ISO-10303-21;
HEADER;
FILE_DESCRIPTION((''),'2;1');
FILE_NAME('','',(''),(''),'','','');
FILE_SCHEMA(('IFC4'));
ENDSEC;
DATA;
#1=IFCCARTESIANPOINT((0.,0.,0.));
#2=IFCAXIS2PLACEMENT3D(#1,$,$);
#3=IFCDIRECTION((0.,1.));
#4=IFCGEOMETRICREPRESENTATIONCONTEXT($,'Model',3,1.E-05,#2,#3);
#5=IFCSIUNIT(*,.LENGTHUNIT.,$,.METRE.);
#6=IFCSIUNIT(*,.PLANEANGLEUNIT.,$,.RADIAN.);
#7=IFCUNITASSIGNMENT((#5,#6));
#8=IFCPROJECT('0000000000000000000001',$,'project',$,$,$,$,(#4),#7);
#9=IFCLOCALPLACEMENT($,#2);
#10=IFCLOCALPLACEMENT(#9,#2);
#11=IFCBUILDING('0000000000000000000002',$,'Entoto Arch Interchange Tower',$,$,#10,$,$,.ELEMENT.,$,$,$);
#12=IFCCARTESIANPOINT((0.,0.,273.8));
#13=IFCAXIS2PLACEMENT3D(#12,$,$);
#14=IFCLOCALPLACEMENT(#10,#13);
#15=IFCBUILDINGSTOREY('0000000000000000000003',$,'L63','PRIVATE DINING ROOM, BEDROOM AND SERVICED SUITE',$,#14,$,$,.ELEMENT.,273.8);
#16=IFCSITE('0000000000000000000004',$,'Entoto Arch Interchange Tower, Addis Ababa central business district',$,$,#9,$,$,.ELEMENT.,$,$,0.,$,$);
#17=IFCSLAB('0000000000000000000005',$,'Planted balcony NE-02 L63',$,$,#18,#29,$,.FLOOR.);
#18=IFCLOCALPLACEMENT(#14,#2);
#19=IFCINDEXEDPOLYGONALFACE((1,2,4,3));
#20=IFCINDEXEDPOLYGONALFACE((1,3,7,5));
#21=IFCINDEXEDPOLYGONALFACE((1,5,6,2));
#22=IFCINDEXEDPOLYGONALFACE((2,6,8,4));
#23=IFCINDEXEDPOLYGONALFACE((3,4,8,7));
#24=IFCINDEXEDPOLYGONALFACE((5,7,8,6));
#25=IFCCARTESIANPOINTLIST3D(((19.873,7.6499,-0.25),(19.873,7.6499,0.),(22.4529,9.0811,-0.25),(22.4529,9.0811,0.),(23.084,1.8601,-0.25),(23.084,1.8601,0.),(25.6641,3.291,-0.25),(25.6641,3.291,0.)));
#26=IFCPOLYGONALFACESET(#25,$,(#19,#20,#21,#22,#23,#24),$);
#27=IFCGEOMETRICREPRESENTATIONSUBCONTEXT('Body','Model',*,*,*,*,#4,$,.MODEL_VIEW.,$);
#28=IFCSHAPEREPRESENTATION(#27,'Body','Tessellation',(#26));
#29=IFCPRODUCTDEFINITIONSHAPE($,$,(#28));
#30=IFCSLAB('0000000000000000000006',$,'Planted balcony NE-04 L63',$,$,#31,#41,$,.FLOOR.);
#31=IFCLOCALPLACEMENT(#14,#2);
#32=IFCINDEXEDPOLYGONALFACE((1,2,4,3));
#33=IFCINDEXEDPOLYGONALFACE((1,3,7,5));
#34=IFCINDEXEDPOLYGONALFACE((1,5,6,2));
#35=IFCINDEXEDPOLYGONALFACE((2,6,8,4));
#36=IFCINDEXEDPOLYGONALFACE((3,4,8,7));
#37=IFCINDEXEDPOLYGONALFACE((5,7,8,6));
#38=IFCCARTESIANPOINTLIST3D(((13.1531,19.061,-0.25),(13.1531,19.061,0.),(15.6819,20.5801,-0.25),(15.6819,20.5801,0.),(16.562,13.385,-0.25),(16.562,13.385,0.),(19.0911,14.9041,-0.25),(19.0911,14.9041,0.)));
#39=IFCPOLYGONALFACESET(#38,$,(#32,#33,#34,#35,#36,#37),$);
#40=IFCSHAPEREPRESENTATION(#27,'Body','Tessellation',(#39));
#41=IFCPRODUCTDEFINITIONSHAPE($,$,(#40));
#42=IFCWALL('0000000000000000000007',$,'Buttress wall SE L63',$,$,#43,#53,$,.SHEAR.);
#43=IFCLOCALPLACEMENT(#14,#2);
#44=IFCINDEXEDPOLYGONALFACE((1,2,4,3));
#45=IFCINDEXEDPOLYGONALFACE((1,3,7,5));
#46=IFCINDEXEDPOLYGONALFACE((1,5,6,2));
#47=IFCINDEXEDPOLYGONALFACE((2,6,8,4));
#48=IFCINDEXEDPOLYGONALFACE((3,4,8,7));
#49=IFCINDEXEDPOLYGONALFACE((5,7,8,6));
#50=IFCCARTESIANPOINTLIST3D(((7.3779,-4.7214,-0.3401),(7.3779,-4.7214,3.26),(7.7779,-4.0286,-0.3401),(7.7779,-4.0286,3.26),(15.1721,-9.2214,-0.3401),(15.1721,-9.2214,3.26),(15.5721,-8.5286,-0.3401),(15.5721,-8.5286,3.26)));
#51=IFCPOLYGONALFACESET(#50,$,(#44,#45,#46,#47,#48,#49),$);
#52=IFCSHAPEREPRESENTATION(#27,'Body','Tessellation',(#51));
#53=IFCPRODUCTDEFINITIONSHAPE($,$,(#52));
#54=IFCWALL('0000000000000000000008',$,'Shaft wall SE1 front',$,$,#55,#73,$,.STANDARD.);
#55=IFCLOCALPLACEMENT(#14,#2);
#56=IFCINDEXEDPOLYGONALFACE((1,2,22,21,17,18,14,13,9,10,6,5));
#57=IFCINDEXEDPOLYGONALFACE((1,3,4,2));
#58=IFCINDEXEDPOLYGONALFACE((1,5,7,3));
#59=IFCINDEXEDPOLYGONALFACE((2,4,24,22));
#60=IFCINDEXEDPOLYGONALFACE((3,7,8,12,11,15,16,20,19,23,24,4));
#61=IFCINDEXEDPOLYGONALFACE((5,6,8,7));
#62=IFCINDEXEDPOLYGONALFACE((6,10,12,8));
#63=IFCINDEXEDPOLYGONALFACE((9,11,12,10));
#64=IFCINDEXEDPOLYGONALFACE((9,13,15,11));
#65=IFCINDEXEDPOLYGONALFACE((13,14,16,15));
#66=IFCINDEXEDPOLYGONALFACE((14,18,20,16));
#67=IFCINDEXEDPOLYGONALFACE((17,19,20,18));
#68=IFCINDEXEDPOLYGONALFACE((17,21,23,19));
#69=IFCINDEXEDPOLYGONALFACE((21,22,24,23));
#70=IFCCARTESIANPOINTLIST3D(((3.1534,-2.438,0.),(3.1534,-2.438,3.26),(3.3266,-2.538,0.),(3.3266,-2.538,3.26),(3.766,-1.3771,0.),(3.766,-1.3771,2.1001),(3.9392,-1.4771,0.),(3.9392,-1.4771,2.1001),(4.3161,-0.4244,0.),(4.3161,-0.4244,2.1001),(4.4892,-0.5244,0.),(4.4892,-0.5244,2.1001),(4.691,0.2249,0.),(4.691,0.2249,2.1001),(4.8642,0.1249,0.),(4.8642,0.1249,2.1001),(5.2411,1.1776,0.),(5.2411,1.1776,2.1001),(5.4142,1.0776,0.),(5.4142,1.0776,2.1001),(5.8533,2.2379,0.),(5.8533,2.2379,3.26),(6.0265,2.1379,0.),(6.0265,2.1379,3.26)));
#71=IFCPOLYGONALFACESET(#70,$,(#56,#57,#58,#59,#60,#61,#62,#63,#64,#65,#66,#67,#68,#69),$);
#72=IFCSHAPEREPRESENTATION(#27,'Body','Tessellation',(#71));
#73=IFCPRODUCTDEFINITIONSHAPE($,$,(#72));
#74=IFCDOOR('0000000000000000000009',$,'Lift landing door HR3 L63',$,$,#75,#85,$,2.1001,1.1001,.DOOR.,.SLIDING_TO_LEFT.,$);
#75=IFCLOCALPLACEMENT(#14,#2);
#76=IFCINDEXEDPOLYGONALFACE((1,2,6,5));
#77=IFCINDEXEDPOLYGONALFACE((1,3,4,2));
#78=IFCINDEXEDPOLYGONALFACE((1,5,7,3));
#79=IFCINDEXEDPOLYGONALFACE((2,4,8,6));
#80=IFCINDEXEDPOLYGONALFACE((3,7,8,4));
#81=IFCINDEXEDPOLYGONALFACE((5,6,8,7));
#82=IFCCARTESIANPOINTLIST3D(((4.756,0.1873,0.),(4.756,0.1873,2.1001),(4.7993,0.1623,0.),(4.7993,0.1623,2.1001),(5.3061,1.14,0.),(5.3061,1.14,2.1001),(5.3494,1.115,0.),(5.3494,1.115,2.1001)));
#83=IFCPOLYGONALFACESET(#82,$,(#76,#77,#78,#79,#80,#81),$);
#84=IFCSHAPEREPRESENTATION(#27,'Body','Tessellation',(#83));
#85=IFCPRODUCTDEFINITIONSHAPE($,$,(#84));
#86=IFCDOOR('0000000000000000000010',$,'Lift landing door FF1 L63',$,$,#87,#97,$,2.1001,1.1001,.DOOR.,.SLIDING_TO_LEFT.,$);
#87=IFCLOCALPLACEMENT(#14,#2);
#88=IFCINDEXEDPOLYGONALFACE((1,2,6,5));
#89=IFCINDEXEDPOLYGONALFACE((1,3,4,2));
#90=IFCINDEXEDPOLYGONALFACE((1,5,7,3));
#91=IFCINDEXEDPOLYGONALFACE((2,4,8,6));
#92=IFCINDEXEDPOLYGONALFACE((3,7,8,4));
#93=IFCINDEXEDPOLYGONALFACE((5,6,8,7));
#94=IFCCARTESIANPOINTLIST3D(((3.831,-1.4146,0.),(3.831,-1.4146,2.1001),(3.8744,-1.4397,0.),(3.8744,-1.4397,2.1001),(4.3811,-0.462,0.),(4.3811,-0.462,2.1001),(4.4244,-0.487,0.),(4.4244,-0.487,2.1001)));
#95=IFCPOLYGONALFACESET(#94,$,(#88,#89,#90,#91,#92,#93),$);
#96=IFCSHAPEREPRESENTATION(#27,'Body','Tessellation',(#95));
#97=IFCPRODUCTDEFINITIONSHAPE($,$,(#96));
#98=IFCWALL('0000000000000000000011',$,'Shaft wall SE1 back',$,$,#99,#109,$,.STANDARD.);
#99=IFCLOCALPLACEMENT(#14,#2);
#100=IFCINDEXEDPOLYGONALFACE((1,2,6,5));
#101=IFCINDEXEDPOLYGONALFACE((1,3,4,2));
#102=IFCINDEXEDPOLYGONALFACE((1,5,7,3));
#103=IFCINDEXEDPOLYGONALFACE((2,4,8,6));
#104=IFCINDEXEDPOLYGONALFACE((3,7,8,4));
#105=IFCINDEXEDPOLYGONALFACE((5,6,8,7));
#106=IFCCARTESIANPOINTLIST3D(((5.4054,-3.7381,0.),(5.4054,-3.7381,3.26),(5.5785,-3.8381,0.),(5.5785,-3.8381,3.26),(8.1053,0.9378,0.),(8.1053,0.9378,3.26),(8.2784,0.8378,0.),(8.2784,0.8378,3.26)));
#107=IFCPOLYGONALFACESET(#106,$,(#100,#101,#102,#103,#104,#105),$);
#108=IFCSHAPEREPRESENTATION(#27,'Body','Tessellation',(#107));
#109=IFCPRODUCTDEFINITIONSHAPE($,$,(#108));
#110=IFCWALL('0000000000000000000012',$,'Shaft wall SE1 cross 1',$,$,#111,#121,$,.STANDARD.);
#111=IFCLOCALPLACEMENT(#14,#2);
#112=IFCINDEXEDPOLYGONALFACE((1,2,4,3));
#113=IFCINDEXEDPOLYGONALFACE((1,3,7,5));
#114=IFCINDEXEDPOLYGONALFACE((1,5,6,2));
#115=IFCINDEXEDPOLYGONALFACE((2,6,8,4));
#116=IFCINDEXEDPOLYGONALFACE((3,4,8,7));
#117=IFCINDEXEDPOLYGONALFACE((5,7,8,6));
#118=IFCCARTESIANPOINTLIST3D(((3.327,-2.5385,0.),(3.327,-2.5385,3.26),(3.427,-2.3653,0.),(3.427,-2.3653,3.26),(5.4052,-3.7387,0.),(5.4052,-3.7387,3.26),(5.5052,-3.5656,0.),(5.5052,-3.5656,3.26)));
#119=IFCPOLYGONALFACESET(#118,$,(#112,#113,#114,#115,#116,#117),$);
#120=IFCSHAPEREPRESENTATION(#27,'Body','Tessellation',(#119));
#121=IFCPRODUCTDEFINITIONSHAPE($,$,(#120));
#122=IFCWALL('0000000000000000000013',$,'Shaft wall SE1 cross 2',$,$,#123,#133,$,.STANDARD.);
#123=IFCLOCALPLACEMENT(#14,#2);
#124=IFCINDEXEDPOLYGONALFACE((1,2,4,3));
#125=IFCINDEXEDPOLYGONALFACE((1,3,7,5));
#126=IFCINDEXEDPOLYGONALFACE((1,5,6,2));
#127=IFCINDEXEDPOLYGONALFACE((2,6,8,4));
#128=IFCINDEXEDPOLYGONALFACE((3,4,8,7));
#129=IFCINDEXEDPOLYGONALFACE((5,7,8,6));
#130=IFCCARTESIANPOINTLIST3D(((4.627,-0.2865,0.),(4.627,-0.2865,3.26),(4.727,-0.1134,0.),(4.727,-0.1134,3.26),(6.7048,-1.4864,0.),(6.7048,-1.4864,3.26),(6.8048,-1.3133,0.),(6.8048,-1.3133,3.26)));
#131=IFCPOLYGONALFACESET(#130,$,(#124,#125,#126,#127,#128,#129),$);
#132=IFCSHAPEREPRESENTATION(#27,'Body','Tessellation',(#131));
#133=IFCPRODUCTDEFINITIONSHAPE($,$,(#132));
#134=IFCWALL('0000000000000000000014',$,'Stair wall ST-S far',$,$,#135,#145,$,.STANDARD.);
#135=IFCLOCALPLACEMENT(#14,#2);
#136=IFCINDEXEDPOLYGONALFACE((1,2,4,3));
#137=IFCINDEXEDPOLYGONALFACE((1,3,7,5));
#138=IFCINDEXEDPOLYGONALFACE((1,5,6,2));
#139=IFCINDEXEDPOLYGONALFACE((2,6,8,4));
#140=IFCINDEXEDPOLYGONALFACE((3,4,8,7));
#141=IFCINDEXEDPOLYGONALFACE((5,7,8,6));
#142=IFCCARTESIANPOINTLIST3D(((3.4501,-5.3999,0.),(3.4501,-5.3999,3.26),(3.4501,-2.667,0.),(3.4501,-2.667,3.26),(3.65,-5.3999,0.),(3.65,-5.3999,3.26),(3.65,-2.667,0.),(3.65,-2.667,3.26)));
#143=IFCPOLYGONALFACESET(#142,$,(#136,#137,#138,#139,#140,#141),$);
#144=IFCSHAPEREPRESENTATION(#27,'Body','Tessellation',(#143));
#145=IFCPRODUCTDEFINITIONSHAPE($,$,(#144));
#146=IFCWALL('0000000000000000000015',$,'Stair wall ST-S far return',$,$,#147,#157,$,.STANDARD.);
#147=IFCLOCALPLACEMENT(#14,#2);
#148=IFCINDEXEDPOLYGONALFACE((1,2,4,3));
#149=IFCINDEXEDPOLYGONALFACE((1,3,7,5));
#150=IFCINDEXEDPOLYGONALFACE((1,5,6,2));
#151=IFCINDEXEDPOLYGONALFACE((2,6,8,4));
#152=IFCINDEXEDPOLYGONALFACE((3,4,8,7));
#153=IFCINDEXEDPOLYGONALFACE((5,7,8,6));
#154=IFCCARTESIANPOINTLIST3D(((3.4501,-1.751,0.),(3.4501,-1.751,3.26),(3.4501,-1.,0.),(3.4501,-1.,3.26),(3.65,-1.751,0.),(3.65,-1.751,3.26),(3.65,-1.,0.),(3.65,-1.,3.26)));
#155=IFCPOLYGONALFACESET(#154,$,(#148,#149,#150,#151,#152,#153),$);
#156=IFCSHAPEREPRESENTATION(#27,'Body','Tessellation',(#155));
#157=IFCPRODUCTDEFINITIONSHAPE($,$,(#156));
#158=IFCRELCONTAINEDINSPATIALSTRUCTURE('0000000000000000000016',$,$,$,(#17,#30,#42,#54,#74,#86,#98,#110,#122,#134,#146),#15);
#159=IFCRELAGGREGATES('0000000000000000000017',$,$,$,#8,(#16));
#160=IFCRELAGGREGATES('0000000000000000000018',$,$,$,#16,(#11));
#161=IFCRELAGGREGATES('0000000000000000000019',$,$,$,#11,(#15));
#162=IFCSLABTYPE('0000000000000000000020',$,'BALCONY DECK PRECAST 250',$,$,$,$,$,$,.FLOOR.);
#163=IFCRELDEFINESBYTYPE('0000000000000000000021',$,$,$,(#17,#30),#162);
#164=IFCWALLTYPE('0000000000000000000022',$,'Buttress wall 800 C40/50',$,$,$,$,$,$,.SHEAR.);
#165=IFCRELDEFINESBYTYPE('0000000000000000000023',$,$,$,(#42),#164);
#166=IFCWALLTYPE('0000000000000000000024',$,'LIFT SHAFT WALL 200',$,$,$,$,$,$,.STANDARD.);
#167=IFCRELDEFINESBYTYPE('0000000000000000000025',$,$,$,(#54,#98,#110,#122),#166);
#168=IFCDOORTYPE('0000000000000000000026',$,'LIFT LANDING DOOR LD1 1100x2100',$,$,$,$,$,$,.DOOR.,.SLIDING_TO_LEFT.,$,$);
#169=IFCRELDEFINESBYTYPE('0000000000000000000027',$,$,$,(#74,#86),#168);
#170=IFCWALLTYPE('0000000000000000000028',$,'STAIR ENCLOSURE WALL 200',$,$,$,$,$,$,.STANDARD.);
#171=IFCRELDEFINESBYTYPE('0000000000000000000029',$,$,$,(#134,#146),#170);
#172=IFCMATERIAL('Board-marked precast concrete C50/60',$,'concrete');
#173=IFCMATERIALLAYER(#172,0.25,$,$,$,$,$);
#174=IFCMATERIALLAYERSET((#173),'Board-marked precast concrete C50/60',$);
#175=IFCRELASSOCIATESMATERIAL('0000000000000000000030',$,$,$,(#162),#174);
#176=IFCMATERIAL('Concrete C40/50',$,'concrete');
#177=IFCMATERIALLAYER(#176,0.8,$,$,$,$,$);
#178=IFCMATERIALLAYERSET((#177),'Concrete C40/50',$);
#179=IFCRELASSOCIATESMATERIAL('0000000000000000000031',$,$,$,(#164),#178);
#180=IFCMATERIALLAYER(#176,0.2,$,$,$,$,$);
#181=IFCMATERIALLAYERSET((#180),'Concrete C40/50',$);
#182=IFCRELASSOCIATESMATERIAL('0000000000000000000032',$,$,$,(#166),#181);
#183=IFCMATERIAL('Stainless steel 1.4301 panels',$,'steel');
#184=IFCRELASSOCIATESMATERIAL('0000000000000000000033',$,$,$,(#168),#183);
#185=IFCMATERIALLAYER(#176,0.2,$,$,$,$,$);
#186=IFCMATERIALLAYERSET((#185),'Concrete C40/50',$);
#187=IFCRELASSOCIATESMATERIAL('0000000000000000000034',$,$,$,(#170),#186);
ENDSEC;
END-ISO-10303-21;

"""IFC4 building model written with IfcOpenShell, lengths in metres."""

from ifc_helpers import new_model, si_unit, direction, frame, frame_2d, origin, place, context, subcontext, project, spatial, polyline, rectangle, outline, extrude, material, layer, layer_set, type_object, element, fill, save


model = new_model("IFC4")

# Units and contexts
model_context = context("Model", 3, precision=1e-05, world=origin(), true_north=direction((0.0, 1.0)))
body_context = subcontext(model_context, "Body", "Model", "MODEL_VIEW")
ifc_project = project(units=[si_unit("LENGTHUNIT", "METRE"), si_unit("PLANEANGLEUNIT", "RADIAN")], contexts=[model_context])

# Site, building, storey
site_placement = place(None, origin())
site = spatial("IfcSite", under=ifc_project, at=site_placement, Name="Entoto Arch Interchange Tower, Addis Ababa central business district", CompositionType="ELEMENT", RefElevation=0.0)
building_placement = place(site_placement, origin())
building = spatial("IfcBuilding", under=site, at=building_placement, Name="Entoto Arch Interchange Tower", CompositionType="ELEMENT")
storey_placement = place(building_placement, frame((0.0, 0.0, 273.8)))
storey = spatial("IfcBuildingStorey", under=building, at=storey_placement, Name="L63", Description="PRIVATE DINING ROOM, BEDROOM AND SERVICED SUITE", CompositionType="ELEMENT", Elevation=273.8)

# Slabs
ifc_material_1 = material(Name="Board-marked precast concrete C50/60", Category="concrete")
ifc_layer_1 = layer(ifc_material_1, 0.25)
ifc_layer_set_1 = layer_set([ifc_layer_1], Name="Board-marked precast concrete C50/60")
slab_type = type_object("IfcSlabType", Name="BALCONY DECK PRECAST 250", PredefinedType="FLOOR", material=ifc_layer_set_1)
slab_1_placement = place(storey_placement, frame((0.0, 0.0, -0.25)))
element("IfcSlab", 1, at=slab_1_placement, inside=storey, type_object=slab_type, Name="Planted balcony NE-02 L63", PredefinedType="FLOOR", context=body_context, shape_type="SweptSolid", body=[
    extrude(outline(polyline([(23.084, 1.8601), (19.873, 7.6499), (22.4529, 9.0811), (25.6641, 3.291), (23.084, 1.8601)])), origin(), (0.0, 0.0, 1.0), 0.25),
])
slab_2_placement = place(storey_placement, frame((0.0, 0.0, -0.25)))
element("IfcSlab", 2, at=slab_2_placement, inside=storey, type_object=slab_type, Name="Planted balcony NE-04 L63", PredefinedType="FLOOR", context=body_context, shape_type="SweptSolid", body=[
    extrude(outline(polyline([(16.562, 13.385), (13.1531, 19.061), (15.6819, 20.5801), (19.0911, 14.9041), (16.562, 13.385)])), origin(), (0.0, 0.0, 1.0), 0.25),
])

# Wall
ifc_material_2 = material(Name="Concrete C40/50", Category="concrete")
ifc_layer_2 = layer(ifc_material_2, 0.8)
ifc_layer_set_2 = layer_set([ifc_layer_2], Name="Concrete C40/50")
wall_type_1 = type_object("IfcWallType", Name="Buttress wall 800 C40/50", PredefinedType="SHEAR", material=ifc_layer_set_2)
wall_1_placement = place(storey_placement, frame((7.5779, -4.375, -0.3401), z_axis=(0.0, 0.0, 1.0), x_axis=(0.866024, -0.500002, 0.0)))
element("IfcWall", 3, at=wall_1_placement, inside=storey, type_object=wall_type_1, Name="Buttress wall SE L63", PredefinedType="SHEAR", context=body_context, shape_type="SweptSolid", body=[
    extrude(rectangle(XDim=9.0, YDim=0.8, at=frame_2d((4.5, 0.0))), origin(), (0.0, 0.0, 1.0), 3.6001),
])

# Wall, openings, doors
ifc_layer_3 = layer(ifc_material_2, 0.2)
ifc_layer_set_3 = layer_set([ifc_layer_3], Name="Concrete C40/50")
wall_type_2 = type_object("IfcWallType", Name="LIFT SHAFT WALL 200", PredefinedType="STANDARD", material=ifc_layer_set_3)
wall_2_placement = place(storey_placement, frame((3.24, -2.488, 0.0), z_axis=(0.0, 0.0, 1.0), x_axis=(0.500034, 0.866006, 0.0)))
wall_2 = element("IfcWall", 4, at=wall_2_placement, inside=storey, type_object=wall_type_2, Name="Shaft wall SE1 front", PredefinedType="STANDARD", context=body_context, shape_type="SweptSolid", body=[
    extrude(rectangle(XDim=5.3994, YDim=0.2, at=frame_2d((2.6997, 0.0))), origin(), (0.0, 0.0, 1.0), 3.26),
])
opening_1_placement = place(wall_2_placement, frame((3.075, 0.0, 0.0)))
opening_1 = element("IfcOpeningElement", 5, at=opening_1_placement, cuts=wall_2, PredefinedType="OPENING", context=body_context, shape_type="SweptSolid", body=[
    extrude(rectangle(XDim=1.1001, YDim=2.1001, at=frame_2d((0.55, 1.05))), frame((0.0, 0.1099, 0.0), z_axis=(0.0, -1.0, 0.0), x_axis=(1.0, 0.0, 0.0)), (0.0, 0.0, 1.0), 0.22),
])
opening_2_placement = place(wall_2_placement, frame((1.2251, 0.0, 0.0)))
opening_2 = element("IfcOpeningElement", 6, at=opening_2_placement, cuts=wall_2, PredefinedType="OPENING", context=body_context, shape_type="SweptSolid", body=[
    extrude(rectangle(XDim=1.1001, YDim=2.1001, at=frame_2d((0.55, 1.05))), frame((0.0, 0.1099, 0.0), z_axis=(0.0, -1.0, 0.0), x_axis=(1.0, 0.0, 0.0)), (0.0, 0.0, 1.0), 0.22),
])
ifc_material_3 = material(Name="Stainless steel 1.4301 panels", Category="steel")
door_type = type_object("IfcDoorType", Name="LIFT LANDING DOOR LD1 1100x2100", OperationType="SLIDING_TO_LEFT", PredefinedType="DOOR", material=ifc_material_3)
door_1_placement = place(opening_1_placement, origin())
door_1 = element("IfcDoor", 7, at=door_1_placement, inside=storey, type_object=door_type, Name="Lift landing door HR3 L63", OperationType="SLIDING_TO_LEFT", OverallHeight=2.1001, OverallWidth=1.1001, PredefinedType="DOOR", context=body_context, shape_type="SweptSolid", body=[
    extrude(rectangle(XDim=1.1001, YDim=2.1001, at=frame_2d((0.55, 1.05))), frame((0.0, 0.0249, 0.0), z_axis=(0.0, -1.0, 0.0), x_axis=(1.0, 0.0, 0.0)), (0.0, 0.0, 1.0), 0.05),
])
fill(opening_1, door_1)
door_2_placement = place(opening_2_placement, origin())
door_2 = element("IfcDoor", 8, at=door_2_placement, inside=storey, type_object=door_type, Name="Lift landing door FF1 L63", OperationType="SLIDING_TO_LEFT", OverallHeight=2.1001, OverallWidth=1.1001, PredefinedType="DOOR", context=body_context, shape_type="SweptSolid", body=[
    extrude(rectangle(XDim=1.1001, YDim=2.1001, at=frame_2d((0.55, 1.05))), frame((0.0, 0.0249, 0.0), z_axis=(0.0, -1.0, 0.0), x_axis=(1.0, 0.0, 0.0)), (0.0, 0.0, 1.0), 0.05),
])
fill(opening_2, door_2)

# Walls
wall_3_placement = place(storey_placement, frame((5.4919, -3.7881, 0.0), z_axis=(0.0, 0.0, 1.0), x_axis=(0.500034, 0.866006, 0.0)))
element("IfcWall", 9, at=wall_3_placement, inside=storey, type_object=wall_type_2, Name="Shaft wall SE1 back", PredefinedType="STANDARD", context=body_context, shape_type="SweptSolid", body=[
    extrude(rectangle(XDim=5.3994, YDim=0.2, at=frame_2d((2.6997, 0.0))), origin(), (0.0, 0.0, 1.0), 3.26),
])
wall_4_placement = place(storey_placement, frame((3.377, -2.4519, 0.0), z_axis=(0.0, 0.0, 1.0), x_axis=(0.865955, -0.500122, 0.0)))
element("IfcWall", 10, at=wall_4_placement, inside=storey, type_object=wall_type_2, Name="Shaft wall SE1 cross 1", PredefinedType="STANDARD", context=body_context, shape_type="SweptSolid", body=[
    extrude(rectangle(XDim=2.3999, YDim=0.2, at=frame_2d((1.2, 0.0))), origin(), (0.0, 0.0, 1.0), 3.26),
])
wall_5_placement = place(storey_placement, frame((4.677, -0.2, 0.0), z_axis=(0.0, 0.0, 1.0), x_axis=(0.865974, -0.500089, 0.0)))
element("IfcWall", 11, at=wall_5_placement, inside=storey, type_object=wall_type_2, Name="Shaft wall SE1 cross 2", PredefinedType="STANDARD", context=body_context, shape_type="SweptSolid", body=[
    extrude(rectangle(XDim=2.3994, YDim=0.2, at=frame_2d((1.1997, 0.0))), origin(), (0.0, 0.0, 1.0), 3.26),
])
ifc_layer_4 = layer(ifc_material_2, 0.2)
ifc_layer_set_4 = layer_set([ifc_layer_4], Name="Concrete C40/50")
wall_type_3 = type_object("IfcWallType", Name="STAIR ENCLOSURE WALL 200", PredefinedType="STANDARD", material=ifc_layer_set_4)
wall_6_placement = place(storey_placement, frame((3.55, -2.667, 0.0), z_axis=(0.0, 0.0, 1.0), x_axis=(0.0, -1.0, 0.0)))
element("IfcWall", 12, at=wall_6_placement, inside=storey, type_object=wall_type_3, Name="Stair wall ST-S far", PredefinedType="STANDARD", context=body_context, shape_type="SweptSolid", body=[
    extrude(rectangle(XDim=2.7329, YDim=0.2, at=frame_2d((1.3665, 0.0))), origin(), (0.0, 0.0, 1.0), 3.26),
])
wall_7_placement = place(storey_placement, frame((3.55, -1.0, 0.0), z_axis=(0.0, 0.0, 1.0), x_axis=(0.0, -1.0, 0.0)))
element("IfcWall", 13, at=wall_7_placement, inside=storey, type_object=wall_type_3, Name="Stair wall ST-S far return", PredefinedType="STANDARD", context=body_context, shape_type="SweptSolid", body=[
    extrude(rectangle(XDim=0.751, YDim=0.2, at=frame_2d((0.3755, 0.0))), origin(), (0.0, 0.0, 1.0), 3.26),
])

save(model, "model.ifc")
